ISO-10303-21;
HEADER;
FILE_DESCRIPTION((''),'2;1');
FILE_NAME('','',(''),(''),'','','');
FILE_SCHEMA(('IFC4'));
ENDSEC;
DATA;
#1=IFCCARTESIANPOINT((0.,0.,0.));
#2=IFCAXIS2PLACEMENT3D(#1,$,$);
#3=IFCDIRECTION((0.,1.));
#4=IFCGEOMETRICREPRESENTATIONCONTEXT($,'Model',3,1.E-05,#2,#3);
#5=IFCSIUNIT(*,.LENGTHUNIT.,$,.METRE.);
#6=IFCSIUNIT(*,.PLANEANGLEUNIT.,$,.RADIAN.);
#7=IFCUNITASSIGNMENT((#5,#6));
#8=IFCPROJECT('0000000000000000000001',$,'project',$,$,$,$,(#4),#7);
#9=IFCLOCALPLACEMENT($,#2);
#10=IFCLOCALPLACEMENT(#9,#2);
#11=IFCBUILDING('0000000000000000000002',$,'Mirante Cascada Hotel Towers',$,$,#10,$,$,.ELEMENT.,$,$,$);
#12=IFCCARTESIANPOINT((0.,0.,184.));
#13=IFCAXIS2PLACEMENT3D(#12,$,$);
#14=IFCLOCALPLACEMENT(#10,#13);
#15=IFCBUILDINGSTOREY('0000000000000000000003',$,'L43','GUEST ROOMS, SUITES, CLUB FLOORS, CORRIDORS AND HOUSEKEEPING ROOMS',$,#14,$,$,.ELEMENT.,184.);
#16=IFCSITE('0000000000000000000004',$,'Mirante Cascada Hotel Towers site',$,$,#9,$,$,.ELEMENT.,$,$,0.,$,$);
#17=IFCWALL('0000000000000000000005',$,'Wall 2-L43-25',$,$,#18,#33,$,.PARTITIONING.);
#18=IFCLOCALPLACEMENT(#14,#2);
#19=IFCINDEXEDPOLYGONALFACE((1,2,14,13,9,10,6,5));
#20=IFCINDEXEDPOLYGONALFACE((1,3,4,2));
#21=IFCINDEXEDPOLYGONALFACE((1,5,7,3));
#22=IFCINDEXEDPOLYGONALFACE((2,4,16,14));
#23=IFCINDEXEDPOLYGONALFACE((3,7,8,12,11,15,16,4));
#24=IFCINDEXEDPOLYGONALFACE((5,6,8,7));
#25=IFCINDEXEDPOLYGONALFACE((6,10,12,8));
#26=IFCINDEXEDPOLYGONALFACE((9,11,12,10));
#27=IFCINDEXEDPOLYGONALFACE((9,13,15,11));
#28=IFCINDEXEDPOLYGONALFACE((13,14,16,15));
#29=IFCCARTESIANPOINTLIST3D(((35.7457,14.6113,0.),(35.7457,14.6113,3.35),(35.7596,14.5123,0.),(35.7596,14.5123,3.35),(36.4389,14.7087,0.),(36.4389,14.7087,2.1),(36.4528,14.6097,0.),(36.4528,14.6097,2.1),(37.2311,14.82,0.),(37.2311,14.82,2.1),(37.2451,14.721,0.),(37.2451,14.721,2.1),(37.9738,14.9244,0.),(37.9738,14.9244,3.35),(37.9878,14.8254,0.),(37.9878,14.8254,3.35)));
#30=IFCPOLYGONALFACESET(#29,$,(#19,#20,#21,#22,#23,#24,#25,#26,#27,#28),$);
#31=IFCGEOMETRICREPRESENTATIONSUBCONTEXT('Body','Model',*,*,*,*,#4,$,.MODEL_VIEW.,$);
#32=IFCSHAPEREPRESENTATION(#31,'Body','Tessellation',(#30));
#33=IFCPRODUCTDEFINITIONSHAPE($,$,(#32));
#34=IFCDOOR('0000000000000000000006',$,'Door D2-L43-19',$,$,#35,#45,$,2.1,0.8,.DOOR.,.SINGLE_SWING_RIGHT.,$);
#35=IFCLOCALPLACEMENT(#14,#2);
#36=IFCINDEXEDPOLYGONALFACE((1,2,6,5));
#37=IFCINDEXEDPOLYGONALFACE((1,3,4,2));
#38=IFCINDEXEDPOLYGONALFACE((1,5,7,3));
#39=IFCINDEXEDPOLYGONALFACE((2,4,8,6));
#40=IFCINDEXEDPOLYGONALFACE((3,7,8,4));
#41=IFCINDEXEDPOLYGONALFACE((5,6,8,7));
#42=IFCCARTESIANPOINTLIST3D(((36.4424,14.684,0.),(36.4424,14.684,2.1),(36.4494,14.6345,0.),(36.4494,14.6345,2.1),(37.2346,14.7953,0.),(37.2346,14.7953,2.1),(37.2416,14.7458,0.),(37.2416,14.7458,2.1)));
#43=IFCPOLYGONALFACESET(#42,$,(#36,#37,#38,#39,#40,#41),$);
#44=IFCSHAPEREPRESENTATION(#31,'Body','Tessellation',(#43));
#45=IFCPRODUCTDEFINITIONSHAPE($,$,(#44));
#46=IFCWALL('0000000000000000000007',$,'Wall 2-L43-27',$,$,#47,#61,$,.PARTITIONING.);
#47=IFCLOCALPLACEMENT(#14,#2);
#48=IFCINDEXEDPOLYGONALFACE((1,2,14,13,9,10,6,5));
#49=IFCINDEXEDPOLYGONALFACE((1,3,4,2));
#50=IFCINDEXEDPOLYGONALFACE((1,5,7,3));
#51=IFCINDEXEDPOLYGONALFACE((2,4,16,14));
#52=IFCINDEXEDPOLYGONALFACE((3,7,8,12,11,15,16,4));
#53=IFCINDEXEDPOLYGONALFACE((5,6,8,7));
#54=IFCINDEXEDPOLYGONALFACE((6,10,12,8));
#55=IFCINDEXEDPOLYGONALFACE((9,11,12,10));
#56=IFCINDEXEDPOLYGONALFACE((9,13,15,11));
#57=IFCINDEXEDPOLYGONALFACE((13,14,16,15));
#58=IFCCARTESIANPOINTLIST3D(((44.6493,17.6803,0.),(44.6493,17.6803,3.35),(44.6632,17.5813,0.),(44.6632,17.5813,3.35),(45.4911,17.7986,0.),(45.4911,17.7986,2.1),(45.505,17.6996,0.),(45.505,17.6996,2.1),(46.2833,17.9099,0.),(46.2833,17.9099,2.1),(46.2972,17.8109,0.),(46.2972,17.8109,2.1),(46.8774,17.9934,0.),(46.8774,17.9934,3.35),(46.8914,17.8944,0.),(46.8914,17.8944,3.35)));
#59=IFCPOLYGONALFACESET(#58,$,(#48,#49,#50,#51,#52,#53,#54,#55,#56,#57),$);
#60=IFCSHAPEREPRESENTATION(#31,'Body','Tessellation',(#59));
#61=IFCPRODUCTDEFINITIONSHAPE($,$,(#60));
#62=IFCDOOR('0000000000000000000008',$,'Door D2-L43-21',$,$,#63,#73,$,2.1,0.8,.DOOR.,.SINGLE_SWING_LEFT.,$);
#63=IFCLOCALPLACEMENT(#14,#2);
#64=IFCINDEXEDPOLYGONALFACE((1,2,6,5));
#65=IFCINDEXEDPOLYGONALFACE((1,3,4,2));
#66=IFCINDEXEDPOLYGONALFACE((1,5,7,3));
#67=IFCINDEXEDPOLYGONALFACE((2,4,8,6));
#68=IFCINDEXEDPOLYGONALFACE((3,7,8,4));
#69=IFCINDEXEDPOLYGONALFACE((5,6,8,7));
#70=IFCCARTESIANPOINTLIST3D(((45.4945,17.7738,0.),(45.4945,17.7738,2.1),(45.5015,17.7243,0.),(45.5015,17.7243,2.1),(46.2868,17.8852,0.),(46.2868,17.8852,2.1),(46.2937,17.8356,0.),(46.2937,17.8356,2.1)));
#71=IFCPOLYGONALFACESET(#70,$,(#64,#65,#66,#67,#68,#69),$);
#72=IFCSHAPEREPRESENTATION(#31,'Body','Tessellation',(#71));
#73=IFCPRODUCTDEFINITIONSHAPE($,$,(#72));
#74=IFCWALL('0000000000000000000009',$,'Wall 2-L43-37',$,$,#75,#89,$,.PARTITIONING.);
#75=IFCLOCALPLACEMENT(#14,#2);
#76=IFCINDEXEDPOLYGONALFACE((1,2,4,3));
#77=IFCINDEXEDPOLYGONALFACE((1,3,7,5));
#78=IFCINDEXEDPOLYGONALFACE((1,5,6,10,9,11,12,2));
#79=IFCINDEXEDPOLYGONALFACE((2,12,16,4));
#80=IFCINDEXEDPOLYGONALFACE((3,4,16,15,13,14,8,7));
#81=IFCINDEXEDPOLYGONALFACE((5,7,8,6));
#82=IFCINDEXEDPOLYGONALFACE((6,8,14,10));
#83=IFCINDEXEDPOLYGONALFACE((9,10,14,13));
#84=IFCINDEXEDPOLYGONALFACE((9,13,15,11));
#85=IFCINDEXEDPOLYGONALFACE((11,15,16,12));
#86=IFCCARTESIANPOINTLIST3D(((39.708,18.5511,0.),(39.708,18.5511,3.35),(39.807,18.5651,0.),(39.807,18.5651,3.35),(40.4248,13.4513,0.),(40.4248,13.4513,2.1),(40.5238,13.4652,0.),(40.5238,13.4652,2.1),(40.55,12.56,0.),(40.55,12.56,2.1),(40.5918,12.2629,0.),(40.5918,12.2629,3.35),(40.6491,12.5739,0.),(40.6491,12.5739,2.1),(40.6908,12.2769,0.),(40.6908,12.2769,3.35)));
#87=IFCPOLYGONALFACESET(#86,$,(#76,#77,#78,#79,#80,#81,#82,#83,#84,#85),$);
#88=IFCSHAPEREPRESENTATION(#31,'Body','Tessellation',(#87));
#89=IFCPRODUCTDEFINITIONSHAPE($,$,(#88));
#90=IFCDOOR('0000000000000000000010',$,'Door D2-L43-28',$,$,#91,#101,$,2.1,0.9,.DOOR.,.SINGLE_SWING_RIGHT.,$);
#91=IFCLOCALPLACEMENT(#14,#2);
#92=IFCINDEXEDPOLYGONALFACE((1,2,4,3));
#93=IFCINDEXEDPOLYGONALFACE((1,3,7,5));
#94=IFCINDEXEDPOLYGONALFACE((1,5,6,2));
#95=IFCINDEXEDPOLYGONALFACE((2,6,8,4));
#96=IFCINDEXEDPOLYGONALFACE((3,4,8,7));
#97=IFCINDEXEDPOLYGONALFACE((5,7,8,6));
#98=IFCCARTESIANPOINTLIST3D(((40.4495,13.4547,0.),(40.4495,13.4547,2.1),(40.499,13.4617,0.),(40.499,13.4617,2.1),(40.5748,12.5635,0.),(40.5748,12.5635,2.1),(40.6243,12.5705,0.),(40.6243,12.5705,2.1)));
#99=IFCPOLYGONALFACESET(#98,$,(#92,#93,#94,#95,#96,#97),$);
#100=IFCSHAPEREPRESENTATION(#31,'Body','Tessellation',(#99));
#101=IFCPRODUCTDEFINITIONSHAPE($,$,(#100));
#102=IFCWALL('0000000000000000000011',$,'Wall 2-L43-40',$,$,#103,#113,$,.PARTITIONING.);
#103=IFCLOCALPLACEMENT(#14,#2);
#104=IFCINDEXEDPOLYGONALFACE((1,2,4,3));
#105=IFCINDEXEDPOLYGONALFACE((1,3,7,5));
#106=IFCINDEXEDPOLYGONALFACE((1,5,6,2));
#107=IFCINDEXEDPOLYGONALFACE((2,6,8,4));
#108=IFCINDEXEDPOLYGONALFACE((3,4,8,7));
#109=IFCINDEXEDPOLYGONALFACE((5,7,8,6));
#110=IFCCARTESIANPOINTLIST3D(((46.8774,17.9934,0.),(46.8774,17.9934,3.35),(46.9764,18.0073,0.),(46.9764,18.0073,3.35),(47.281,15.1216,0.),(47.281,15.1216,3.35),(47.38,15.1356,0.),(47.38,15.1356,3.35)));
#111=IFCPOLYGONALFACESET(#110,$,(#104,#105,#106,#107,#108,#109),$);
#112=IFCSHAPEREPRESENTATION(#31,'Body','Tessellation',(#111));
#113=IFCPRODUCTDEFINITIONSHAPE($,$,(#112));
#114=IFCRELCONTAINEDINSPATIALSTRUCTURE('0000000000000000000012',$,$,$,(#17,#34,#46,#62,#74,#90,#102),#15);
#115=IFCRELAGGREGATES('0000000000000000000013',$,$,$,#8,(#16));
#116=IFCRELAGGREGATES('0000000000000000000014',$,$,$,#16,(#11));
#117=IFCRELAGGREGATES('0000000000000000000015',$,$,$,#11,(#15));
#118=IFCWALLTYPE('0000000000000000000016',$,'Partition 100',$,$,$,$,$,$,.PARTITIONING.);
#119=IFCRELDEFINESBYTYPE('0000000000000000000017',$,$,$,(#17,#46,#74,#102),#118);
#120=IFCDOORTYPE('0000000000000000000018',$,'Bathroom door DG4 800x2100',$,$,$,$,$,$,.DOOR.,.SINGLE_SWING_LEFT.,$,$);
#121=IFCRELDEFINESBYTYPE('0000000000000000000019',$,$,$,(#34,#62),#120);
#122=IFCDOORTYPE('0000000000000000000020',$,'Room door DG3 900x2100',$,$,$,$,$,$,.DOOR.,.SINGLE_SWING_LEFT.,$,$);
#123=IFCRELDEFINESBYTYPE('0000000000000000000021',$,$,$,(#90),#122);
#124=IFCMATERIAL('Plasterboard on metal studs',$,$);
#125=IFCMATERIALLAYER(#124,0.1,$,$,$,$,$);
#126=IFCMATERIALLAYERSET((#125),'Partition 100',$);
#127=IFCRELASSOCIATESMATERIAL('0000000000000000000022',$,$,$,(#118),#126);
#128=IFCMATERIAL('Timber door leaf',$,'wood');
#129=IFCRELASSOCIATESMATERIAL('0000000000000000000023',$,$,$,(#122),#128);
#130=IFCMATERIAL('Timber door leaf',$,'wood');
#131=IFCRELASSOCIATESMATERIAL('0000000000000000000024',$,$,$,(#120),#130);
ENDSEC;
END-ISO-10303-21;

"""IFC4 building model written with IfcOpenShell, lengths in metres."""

from ifc_helpers import new_model, si_unit, direction, frame, frame_2d, origin, place, context, subcontext, project, spatial, rectangle, extrude, material, layer, layer_set, type_object, element, fill, save


model = new_model("IFC4")

# Units and contexts
model_context = context("Model", 3, precision=1e-05, world=origin(), true_north=direction((0.0, 1.0)))
body_context = subcontext(model_context, "Body", "Model", "MODEL_VIEW")
ifc_project = project(units=[si_unit("LENGTHUNIT", "METRE"), si_unit("PLANEANGLEUNIT", "RADIAN")], contexts=[model_context])

# Site, building, storey
site_placement = place(None, origin())
site = spatial("IfcSite", under=ifc_project, at=site_placement, Name="Mirante Cascada Hotel Towers site", CompositionType="ELEMENT", RefElevation=0.0)
building_placement = place(site_placement, origin())
building = spatial("IfcBuilding", under=site, at=building_placement, Name="Mirante Cascada Hotel Towers", CompositionType="ELEMENT")
storey_placement = place(building_placement, frame((0.0, 0.0, 184.0)))
storey = spatial("IfcBuildingStorey", under=building, at=storey_placement, Name="L43", Description="GUEST ROOMS, SUITES, CLUB FLOORS, CORRIDORS AND HOUSEKEEPING ROOMS", CompositionType="ELEMENT", Elevation=184.0)

# Shared definitions
ifc_material_1 = material(Name="Plasterboard on metal studs")
ifc_layer_1 = layer(ifc_material_1, 0.1)
ifc_layer_set_1 = layer_set([ifc_layer_1], Name="Partition 100")
wall_type = type_object("IfcWallType", Name="Partition 100", PredefinedType="PARTITIONING", material=ifc_layer_set_1)
ifc_material_2 = material(Name="Timber door leaf", Category="wood")
door_type_1 = type_object("IfcDoorType", Name="Room door DG3 900x2100", OperationType="SINGLE_SWING_LEFT", PredefinedType="DOOR", material=ifc_material_2)

# Walls, openings, doors
wall_1_placement = place(storey_placement, frame((37.9808, 14.8749, 0.0), z_axis=(0.0, 0.0, 1.0), x_axis=(-0.990271, -0.139156, 0.0)))
wall_1 = element("IfcWall", 1, at=wall_1_placement, inside=storey, type_object=wall_type, Name="Wall 2-L43-25", PredefinedType="PARTITIONING", context=body_context, shape_type="SweptSolid", body=[
    extrude(rectangle(XDim=2.25, YDim=0.1, at=frame_2d((1.125, 0.0))), origin(), (0.0, 0.0, 1.0), 3.35),
])
opening_1_placement = place(wall_1_placement, frame((0.75, 0.0, 0.0)))
opening_1 = element("IfcOpeningElement", 2, at=opening_1_placement, cuts=wall_1, PredefinedType="OPENING", context=body_context, shape_type="SweptSolid", body=[
    extrude(rectangle(XDim=0.8, YDim=2.1, at=frame_2d((0.4, 1.05))), frame((0.0, 0.05, 0.0), z_axis=(0.0, -1.0, 0.0), x_axis=(1.0, 0.0, 0.0)), (0.0, 0.0, 1.0), 0.1),
])
ifc_material_3 = material(Name="Timber door leaf", Category="wood")
door_type_2 = type_object("IfcDoorType", Name="Bathroom door DG4 800x2100", OperationType="SINGLE_SWING_LEFT", PredefinedType="DOOR", material=ifc_material_3)
door_1_placement = place(opening_1_placement, frame((0.8, 0.0, 0.0), z_axis=(0.0, 0.0, 1.0), x_axis=(-1.0, 0.0, 0.0)))
door_1 = element("IfcDoor", 3, at=door_1_placement, inside=storey, type_object=door_type_2, Name="Door D2-L43-19", OperationType="SINGLE_SWING_RIGHT", OverallHeight=2.1, OverallWidth=0.8, PredefinedType="DOOR", context=body_context, shape_type="SweptSolid", body=[
    extrude(rectangle(XDim=0.8, YDim=2.1, at=frame_2d((0.4, 1.05))), frame((0.0, 0.025, 0.0), z_axis=(0.0, -1.0, 0.0), x_axis=(1.0, 0.0, 0.0)), (0.0, 0.0, 1.0), 0.05),
])
fill(opening_1, door_1)
wall_2_placement = place(storey_placement, frame((46.8844, 17.9439, 0.0), z_axis=(0.0, 0.0, 1.0), x_axis=(-0.990271, -0.139156, 0.0)))
wall_2 = element("IfcWall", 4, at=wall_2_placement, inside=storey, type_object=wall_type, Name="Wall 2-L43-27", PredefinedType="PARTITIONING", context=body_context, shape_type="SweptSolid", body=[
    extrude(rectangle(XDim=2.25, YDim=0.1, at=frame_2d((1.125, 0.0))), origin(), (0.0, 0.0, 1.0), 3.35),
])
opening_2_placement = place(wall_2_placement, frame((0.6, 0.0, 0.0)))
opening_2 = element("IfcOpeningElement", 5, at=opening_2_placement, cuts=wall_2, PredefinedType="OPENING", context=body_context, shape_type="SweptSolid", body=[
    extrude(rectangle(XDim=0.8, YDim=2.1, at=frame_2d((0.4, 1.05))), frame((0.0, 0.05, 0.0), z_axis=(0.0, -1.0, 0.0), x_axis=(1.0, 0.0, 0.0)), (0.0, 0.0, 1.0), 0.1),
])
door_2_placement = place(opening_2_placement, origin())
door_2 = element("IfcDoor", 6, at=door_2_placement, inside=storey, type_object=door_type_2, Name="Door D2-L43-21", OperationType="SINGLE_SWING_LEFT", OverallHeight=2.1, OverallWidth=0.8, PredefinedType="DOOR", context=body_context, shape_type="SweptSolid", body=[
    extrude(rectangle(XDim=0.8, YDim=2.1, at=frame_2d((0.4, 1.05))), frame((0.0, 0.025, 0.0), z_axis=(0.0, -1.0, 0.0), x_axis=(1.0, 0.0, 0.0)), (0.0, 0.0, 1.0), 0.05),
])
fill(opening_2, door_2)
wall_3_placement = place(storey_placement, frame((39.7575, 18.5581, 0.0), z_axis=(0.0, 0.0, 1.0), x_axis=(0.139181, -0.990267, 0.0)))
wall_3 = element("IfcWall", 7, at=wall_3_placement, inside=storey, type_object=wall_type, Name="Wall 2-L43-37", PredefinedType="PARTITIONING", context=body_context, shape_type="SweptSolid", body=[
    extrude(rectangle(XDim=6.35, YDim=0.1, at=frame_2d((3.175, 0.0))), origin(), (0.0, 0.0, 1.0), 3.35),
])
opening_3_placement = place(wall_3_placement, frame((5.15, 0.0, 0.0)))
opening_3 = element("IfcOpeningElement", 8, at=opening_3_placement, cuts=wall_3, PredefinedType="OPENING", context=body_context, shape_type="SweptSolid", body=[
    extrude(rectangle(XDim=0.9, YDim=2.1, at=frame_2d((0.45, 1.05))), frame((0.0, 0.05, 0.0), z_axis=(0.0, -1.0, 0.0), x_axis=(1.0, 0.0, 0.0)), (0.0, 0.0, 1.0), 0.1),
])
door_3_placement = place(opening_3_placement, frame((0.9, 0.0, 0.0), z_axis=(0.0, 0.0, 1.0), x_axis=(-1.0, 0.0, 0.0)))
door_3 = element("IfcDoor", 9, at=door_3_placement, inside=storey, type_object=door_type_1, Name="Door D2-L43-28", OperationType="SINGLE_SWING_RIGHT", OverallHeight=2.1, OverallWidth=0.9, PredefinedType="DOOR", context=body_context, shape_type="SweptSolid", body=[
    extrude(rectangle(XDim=0.9, YDim=2.1, at=frame_2d((0.45, 1.05))), frame((0.0, 0.025, 0.0), z_axis=(0.0, -1.0, 0.0), x_axis=(1.0, 0.0, 0.0)), (0.0, 0.0, 1.0), 0.05),
])
fill(opening_3, door_3)

# Wall
wall_4_placement = place(storey_placement, frame((47.3305, 15.1286, 0.0), z_axis=(0.0, 0.0, 1.0), x_axis=(-0.139171, 0.990268, 0.0)))
element("IfcWall", 10, at=wall_4_placement, inside=storey, type_object=wall_type, Name="Wall 2-L43-40", PredefinedType="PARTITIONING", context=body_context, shape_type="SweptSolid", body=[
    extrude(rectangle(XDim=2.9, YDim=0.1, at=frame_2d((1.45, 0.0))), origin(), (0.0, 0.0, 1.0), 3.35),
])

save(model, "model.ifc")
